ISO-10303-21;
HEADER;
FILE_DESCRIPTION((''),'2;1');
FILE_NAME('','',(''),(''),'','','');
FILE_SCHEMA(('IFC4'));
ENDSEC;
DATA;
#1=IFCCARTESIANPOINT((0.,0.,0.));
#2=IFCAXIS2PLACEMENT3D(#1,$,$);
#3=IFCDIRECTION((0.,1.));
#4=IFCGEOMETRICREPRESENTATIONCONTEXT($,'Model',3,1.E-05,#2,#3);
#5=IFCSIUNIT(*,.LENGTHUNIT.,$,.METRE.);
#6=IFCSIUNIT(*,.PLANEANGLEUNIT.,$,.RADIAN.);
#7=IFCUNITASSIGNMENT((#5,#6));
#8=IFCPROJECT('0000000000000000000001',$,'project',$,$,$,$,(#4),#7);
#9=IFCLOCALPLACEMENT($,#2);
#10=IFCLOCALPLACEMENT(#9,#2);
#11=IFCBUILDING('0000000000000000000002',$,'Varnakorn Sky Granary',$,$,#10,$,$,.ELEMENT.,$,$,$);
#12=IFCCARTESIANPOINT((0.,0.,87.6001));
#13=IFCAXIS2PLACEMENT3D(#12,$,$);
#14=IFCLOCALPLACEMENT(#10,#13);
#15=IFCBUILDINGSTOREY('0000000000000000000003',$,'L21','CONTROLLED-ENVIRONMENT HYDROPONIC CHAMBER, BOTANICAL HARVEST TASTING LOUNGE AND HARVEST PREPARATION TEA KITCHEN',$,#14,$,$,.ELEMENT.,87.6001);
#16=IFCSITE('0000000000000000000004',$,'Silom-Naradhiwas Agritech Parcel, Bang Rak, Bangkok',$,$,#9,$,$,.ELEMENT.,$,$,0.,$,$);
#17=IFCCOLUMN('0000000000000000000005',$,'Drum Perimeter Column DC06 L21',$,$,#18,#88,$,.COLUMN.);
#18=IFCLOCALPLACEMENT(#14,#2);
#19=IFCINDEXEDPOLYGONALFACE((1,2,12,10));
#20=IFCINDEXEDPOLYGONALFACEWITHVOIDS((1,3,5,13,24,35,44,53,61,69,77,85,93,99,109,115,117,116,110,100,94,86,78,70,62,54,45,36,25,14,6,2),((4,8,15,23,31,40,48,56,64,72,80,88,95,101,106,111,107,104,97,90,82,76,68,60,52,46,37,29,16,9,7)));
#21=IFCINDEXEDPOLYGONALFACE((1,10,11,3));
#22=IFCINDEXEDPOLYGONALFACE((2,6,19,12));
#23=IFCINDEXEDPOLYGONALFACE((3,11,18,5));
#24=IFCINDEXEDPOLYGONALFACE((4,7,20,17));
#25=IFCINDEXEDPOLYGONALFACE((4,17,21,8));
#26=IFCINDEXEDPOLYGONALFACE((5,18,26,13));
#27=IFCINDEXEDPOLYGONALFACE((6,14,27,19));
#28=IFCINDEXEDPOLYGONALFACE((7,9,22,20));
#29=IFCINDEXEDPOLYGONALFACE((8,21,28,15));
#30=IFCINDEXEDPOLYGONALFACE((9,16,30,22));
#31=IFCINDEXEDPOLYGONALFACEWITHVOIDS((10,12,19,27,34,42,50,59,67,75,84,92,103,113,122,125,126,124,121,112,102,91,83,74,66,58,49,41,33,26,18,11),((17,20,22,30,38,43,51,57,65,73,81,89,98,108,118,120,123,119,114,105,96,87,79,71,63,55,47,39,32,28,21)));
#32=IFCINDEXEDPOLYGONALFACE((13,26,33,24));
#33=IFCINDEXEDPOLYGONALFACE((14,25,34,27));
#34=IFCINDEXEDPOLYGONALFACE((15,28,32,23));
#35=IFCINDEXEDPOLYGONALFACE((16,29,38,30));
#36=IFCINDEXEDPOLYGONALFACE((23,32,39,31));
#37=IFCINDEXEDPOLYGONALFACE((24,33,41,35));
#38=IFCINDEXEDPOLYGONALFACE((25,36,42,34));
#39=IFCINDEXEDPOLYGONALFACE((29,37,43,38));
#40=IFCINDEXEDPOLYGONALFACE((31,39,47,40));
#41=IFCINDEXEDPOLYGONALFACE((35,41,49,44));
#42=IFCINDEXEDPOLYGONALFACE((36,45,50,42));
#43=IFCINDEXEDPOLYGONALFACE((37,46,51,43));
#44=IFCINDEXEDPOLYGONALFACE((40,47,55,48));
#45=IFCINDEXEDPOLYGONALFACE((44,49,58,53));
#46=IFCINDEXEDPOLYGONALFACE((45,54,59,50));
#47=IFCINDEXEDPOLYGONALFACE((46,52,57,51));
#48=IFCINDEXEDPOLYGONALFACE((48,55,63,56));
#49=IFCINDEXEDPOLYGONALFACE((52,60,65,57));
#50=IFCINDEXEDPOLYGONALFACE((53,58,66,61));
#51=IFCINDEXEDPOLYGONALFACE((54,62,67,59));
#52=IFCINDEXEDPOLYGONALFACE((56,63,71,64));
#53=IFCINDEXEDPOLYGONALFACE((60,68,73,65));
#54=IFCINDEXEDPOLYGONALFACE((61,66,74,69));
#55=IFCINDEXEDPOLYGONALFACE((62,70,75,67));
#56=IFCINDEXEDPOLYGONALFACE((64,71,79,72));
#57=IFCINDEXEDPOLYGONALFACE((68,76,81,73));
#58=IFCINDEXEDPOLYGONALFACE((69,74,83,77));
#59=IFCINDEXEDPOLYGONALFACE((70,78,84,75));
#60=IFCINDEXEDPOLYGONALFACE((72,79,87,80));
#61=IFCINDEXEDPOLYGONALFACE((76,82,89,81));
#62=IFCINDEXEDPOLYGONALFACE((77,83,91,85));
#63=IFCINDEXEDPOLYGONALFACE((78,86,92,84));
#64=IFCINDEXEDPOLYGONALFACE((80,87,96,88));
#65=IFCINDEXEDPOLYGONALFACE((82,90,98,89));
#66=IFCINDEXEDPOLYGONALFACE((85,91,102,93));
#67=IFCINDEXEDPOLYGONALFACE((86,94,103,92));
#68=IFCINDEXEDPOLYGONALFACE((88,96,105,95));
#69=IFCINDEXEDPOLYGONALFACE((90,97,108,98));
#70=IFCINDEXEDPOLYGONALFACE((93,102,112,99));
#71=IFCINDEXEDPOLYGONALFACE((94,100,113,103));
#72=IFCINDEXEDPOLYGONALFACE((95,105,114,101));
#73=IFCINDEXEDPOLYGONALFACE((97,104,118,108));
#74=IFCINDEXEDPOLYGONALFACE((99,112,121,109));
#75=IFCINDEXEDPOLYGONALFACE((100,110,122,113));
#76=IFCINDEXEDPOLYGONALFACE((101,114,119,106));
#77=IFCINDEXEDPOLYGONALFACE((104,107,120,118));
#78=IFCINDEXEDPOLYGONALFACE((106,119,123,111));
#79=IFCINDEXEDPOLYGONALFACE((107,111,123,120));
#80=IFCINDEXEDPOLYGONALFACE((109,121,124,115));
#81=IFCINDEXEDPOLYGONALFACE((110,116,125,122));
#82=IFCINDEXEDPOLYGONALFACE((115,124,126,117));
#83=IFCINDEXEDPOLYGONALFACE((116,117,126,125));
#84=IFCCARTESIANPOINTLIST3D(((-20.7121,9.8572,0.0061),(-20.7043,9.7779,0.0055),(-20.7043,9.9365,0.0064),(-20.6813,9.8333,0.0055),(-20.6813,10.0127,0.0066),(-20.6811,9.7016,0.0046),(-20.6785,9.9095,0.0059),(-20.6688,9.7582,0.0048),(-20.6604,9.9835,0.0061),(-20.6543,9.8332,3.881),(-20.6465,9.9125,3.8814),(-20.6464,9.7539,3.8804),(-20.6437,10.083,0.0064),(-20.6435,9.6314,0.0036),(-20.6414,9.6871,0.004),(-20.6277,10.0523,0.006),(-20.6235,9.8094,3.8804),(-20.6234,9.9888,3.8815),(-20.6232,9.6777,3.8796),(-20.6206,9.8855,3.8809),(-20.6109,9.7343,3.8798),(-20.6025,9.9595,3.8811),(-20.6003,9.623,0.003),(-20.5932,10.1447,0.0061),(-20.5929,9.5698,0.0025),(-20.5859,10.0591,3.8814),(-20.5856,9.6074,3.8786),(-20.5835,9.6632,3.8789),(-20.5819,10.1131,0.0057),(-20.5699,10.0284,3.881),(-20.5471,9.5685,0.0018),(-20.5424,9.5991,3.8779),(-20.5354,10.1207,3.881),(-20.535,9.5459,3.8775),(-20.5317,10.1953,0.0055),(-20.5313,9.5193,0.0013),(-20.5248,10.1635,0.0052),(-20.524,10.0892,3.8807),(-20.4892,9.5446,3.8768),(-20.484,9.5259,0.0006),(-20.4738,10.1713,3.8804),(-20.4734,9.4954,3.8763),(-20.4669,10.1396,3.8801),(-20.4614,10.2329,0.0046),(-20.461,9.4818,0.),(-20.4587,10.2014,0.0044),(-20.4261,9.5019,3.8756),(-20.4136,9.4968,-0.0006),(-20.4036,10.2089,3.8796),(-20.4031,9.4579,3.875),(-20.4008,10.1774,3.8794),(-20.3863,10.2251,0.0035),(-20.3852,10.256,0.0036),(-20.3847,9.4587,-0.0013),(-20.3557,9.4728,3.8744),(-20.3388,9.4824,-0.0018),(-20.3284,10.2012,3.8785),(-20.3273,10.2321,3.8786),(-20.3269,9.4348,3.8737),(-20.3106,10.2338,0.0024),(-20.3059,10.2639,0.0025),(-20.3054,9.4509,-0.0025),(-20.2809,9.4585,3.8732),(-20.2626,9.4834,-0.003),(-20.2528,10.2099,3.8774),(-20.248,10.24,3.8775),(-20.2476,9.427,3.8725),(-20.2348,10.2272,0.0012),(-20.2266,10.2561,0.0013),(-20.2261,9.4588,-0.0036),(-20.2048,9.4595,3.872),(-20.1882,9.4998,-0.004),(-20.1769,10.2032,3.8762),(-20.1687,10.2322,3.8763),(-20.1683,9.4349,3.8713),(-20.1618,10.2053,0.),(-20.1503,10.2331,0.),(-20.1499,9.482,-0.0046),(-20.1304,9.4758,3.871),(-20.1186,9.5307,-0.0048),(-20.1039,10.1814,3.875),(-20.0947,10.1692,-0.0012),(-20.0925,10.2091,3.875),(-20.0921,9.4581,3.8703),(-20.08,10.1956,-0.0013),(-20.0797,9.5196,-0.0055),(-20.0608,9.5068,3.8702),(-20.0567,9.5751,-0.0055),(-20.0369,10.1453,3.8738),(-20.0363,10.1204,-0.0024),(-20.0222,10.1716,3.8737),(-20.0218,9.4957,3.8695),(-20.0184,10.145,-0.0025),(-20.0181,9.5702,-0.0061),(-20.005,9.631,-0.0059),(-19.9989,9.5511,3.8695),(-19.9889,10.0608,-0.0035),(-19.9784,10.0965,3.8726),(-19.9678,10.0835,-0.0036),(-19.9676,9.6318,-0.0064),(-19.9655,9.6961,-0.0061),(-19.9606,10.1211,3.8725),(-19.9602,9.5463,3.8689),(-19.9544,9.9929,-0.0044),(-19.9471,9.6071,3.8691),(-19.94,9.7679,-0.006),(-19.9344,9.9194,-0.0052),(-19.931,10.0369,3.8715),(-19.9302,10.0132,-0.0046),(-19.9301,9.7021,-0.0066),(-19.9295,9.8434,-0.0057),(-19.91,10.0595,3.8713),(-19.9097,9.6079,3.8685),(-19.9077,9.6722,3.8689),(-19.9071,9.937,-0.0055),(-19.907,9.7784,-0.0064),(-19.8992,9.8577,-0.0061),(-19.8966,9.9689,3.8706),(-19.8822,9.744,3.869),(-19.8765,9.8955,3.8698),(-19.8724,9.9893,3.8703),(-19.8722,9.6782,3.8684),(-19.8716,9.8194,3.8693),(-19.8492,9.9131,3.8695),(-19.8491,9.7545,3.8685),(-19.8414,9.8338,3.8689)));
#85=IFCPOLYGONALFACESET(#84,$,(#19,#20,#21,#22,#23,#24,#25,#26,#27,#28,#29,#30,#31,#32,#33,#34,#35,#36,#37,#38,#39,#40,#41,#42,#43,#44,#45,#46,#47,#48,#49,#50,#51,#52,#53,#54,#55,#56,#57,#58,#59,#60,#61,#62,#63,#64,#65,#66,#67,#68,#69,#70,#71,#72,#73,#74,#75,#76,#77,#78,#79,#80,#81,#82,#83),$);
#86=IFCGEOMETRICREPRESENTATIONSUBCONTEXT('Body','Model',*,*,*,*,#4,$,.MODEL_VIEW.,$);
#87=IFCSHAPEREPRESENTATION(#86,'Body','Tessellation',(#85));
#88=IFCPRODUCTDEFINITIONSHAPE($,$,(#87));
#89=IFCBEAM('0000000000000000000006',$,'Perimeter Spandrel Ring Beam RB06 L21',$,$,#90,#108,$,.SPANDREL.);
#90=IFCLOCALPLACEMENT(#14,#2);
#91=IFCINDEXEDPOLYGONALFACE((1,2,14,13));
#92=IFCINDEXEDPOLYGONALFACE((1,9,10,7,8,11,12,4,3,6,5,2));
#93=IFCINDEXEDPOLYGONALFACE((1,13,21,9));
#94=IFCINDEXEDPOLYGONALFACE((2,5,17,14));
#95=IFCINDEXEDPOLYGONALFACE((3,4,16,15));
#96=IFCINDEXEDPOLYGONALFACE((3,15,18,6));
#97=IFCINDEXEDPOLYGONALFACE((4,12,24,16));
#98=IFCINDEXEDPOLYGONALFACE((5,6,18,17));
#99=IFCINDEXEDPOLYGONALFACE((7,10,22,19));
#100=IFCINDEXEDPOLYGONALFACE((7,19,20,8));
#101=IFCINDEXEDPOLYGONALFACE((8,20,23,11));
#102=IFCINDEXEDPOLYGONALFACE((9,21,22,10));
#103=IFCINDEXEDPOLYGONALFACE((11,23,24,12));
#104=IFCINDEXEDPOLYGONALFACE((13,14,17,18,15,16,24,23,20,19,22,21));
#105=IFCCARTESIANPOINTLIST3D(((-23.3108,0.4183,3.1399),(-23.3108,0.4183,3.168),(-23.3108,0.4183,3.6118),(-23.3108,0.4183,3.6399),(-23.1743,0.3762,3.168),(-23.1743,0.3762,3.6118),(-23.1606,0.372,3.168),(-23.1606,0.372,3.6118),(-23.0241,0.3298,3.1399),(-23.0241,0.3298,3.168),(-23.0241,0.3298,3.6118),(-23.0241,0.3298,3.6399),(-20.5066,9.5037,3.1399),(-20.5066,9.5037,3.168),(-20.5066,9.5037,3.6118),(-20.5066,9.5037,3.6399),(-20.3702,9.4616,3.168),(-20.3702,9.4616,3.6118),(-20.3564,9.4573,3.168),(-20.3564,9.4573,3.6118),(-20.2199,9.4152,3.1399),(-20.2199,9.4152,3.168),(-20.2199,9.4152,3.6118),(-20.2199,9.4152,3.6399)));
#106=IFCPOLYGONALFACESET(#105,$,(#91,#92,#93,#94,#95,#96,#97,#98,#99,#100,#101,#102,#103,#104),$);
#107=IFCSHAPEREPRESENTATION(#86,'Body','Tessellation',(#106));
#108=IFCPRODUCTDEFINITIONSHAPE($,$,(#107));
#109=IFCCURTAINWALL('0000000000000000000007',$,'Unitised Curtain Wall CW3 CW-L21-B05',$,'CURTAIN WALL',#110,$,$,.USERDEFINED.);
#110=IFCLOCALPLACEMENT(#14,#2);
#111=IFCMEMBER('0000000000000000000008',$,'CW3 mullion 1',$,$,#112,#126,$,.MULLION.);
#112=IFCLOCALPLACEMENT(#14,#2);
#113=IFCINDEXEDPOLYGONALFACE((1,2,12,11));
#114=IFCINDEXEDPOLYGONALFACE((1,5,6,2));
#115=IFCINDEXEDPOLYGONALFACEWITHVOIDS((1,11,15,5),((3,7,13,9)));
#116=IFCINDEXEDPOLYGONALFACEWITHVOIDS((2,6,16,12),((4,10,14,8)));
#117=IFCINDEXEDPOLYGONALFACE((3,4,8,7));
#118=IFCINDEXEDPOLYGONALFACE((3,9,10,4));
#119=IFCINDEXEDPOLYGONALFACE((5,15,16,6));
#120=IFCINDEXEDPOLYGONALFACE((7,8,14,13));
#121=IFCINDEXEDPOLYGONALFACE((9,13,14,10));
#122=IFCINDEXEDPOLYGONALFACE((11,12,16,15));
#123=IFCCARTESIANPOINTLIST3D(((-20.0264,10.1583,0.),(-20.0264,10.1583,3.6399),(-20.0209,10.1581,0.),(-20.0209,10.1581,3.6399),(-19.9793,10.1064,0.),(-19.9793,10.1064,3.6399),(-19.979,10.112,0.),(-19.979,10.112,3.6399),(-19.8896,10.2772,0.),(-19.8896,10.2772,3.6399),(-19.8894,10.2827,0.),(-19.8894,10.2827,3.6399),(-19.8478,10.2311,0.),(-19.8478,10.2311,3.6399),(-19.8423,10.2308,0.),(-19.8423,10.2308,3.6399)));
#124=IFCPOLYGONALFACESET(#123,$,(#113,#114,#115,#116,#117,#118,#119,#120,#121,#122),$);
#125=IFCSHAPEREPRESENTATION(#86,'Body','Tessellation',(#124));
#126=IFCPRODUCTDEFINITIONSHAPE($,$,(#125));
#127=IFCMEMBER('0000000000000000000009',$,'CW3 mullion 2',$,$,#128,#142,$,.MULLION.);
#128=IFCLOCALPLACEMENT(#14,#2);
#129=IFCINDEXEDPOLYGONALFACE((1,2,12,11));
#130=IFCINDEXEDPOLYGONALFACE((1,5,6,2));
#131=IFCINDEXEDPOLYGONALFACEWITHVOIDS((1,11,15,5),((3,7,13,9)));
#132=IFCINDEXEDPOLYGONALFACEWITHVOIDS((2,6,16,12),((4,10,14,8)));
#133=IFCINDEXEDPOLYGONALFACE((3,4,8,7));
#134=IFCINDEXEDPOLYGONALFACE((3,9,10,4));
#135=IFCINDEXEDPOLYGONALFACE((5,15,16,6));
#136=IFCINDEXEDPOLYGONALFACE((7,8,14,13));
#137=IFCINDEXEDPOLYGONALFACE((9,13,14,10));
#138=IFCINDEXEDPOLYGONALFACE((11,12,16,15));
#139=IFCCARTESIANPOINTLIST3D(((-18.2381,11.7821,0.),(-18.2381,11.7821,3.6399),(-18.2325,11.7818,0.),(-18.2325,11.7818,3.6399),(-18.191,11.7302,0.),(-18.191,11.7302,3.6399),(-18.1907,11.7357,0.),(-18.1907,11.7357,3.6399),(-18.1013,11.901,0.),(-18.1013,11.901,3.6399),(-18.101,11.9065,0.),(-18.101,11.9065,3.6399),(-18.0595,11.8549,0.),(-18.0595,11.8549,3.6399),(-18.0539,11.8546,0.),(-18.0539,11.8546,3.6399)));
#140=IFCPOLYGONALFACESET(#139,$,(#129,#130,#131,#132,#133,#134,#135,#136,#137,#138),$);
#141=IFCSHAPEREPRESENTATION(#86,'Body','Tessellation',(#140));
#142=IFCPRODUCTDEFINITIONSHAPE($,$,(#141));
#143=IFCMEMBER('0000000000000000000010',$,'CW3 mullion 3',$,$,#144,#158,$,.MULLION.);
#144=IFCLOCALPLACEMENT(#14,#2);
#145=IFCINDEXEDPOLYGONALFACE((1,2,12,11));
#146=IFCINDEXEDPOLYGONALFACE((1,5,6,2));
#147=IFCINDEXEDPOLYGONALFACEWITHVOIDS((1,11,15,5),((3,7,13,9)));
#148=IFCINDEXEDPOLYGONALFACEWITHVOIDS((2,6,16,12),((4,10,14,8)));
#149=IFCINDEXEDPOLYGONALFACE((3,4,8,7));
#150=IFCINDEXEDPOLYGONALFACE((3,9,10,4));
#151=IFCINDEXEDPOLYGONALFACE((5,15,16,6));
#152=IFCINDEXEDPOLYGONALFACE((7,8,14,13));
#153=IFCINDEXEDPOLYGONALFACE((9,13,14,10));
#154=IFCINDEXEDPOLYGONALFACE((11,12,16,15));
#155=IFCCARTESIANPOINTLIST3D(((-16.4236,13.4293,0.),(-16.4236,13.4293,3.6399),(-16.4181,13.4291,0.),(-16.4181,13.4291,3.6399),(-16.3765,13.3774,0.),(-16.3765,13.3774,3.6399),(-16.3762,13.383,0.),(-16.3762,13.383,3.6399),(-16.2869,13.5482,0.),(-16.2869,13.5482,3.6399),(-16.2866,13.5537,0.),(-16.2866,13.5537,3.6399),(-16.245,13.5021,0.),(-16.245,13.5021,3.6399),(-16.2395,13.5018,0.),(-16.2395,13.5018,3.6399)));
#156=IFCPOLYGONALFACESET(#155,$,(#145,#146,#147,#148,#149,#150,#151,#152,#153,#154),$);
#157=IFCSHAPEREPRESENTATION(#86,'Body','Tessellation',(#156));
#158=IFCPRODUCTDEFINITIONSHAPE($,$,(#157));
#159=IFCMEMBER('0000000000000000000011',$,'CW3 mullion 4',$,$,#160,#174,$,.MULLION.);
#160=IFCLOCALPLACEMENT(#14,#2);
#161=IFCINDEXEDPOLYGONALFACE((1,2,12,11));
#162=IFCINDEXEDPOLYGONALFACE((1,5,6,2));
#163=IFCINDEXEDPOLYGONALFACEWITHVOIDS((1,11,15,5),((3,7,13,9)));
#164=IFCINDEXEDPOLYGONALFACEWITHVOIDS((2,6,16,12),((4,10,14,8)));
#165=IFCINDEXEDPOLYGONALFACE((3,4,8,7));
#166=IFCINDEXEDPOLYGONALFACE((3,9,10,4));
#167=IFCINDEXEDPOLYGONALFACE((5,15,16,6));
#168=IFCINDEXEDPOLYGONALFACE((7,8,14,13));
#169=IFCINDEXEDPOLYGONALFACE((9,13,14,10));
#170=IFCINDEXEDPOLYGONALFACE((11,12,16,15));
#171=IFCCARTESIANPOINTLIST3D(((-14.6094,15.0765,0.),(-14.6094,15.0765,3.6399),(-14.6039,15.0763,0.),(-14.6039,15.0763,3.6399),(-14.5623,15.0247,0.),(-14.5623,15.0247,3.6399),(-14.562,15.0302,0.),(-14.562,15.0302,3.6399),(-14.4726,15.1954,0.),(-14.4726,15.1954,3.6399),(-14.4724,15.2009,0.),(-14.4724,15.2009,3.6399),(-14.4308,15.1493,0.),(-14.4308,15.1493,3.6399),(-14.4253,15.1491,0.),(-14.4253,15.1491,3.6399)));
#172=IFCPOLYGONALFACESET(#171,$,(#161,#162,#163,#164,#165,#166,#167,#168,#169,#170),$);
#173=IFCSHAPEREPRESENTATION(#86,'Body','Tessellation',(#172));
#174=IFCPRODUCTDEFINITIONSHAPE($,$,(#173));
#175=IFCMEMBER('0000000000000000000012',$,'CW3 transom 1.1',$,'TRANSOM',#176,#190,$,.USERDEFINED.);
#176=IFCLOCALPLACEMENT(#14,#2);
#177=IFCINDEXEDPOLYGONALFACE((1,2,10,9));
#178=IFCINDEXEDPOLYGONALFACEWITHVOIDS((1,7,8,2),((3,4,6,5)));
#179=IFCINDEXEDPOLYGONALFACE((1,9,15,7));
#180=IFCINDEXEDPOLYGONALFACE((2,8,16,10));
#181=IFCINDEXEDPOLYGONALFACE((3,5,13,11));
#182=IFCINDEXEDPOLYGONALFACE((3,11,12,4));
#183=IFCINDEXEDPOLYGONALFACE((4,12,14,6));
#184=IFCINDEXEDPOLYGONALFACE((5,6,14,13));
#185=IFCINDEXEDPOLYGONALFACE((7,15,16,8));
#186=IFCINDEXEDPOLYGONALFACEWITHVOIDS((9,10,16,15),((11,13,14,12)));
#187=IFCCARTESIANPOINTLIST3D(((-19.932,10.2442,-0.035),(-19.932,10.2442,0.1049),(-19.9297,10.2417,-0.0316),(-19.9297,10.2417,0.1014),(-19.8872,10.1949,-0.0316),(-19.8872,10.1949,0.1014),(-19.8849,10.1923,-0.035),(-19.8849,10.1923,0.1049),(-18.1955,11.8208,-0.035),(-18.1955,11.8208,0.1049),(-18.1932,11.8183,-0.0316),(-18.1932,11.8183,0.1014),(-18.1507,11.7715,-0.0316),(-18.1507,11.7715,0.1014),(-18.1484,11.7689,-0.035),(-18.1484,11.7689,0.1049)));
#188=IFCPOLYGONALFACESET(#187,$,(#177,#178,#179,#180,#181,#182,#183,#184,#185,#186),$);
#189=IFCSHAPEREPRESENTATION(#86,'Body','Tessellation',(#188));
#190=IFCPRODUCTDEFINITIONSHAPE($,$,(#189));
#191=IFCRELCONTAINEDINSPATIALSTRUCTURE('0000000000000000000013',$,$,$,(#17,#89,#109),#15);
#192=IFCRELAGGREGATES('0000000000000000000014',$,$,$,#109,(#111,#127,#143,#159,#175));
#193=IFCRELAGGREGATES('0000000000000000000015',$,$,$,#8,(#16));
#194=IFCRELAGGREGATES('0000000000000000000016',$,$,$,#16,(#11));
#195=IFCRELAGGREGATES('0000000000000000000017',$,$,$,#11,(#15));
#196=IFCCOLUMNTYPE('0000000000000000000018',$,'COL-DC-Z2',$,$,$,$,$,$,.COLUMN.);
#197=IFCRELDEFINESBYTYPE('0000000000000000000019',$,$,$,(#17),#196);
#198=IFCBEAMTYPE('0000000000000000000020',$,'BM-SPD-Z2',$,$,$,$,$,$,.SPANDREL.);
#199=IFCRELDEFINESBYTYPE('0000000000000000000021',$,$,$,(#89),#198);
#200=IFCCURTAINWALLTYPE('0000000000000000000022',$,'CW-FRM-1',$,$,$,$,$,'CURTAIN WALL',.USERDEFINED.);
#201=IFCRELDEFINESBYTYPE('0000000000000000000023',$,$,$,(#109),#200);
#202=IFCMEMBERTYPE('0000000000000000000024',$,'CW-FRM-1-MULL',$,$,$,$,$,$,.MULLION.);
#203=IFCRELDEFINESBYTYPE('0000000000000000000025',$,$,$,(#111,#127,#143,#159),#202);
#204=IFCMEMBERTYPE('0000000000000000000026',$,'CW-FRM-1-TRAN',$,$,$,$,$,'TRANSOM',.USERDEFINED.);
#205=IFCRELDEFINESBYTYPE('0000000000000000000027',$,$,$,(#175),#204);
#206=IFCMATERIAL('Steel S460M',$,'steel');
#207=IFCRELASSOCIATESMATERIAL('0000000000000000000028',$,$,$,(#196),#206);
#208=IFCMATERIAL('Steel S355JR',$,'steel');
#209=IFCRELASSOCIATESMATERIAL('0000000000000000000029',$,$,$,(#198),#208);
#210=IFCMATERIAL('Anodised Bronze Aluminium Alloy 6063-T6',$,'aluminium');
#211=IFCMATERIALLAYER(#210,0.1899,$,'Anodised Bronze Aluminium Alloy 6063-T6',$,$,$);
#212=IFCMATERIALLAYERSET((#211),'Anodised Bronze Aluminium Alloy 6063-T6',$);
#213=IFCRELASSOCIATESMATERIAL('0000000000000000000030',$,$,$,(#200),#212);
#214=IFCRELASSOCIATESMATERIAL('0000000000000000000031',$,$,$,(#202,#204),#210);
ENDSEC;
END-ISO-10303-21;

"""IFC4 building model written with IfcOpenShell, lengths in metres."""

from ifc_helpers import new_model, si_unit, direction, frame, origin, origin_2d, place, context, subcontext, project, spatial, hollow_rectangle, hollow_circle, i_section, extrude, material, layer, layer_set, material_profile, profile_set, type_object, element, aggregate, save


model = new_model("IFC4")

# Units and contexts
model_context = context("Model", 3, precision=1e-05, world=origin(), true_north=direction((0.0, 1.0)))
body_context = subcontext(model_context, "Body", "Model", "MODEL_VIEW")
ifc_project = project(units=[si_unit("LENGTHUNIT", "METRE"), si_unit("PLANEANGLEUNIT", "RADIAN")], contexts=[model_context])

# Site, building, storey
site_placement = place(None, origin())
site = spatial("IfcSite", under=ifc_project, at=site_placement, Name="Silom-Naradhiwas Agritech Parcel, Bang Rak, Bangkok", CompositionType="ELEMENT", RefElevation=0.0)
building_placement = place(site_placement, origin())
building = spatial("IfcBuilding", under=site, at=building_placement, Name="Varnakorn Sky Granary", CompositionType="ELEMENT")
storey_placement = place(building_placement, frame((0.0, 0.0, 87.6001)))
storey = spatial("IfcBuildingStorey", under=building, at=storey_placement, Name="L21", Description="CONTROLLED-ENVIRONMENT HYDROPONIC CHAMBER, BOTANICAL HARVEST TASTING LOUNGE AND HARVEST PREPARATION TEA KITCHEN", CompositionType="ELEMENT", Elevation=87.6001)

# Column
ifc_material_1 = material(Name="Steel S460M", Category="steel")
ifc_material_profile_1 = material_profile(ifc_material_1, hollow_circle(Radius=0.4065, WallThickness=0.03, at=origin_2d()), Name="CHS 813x30")
ifc_profile_set_1 = profile_set([ifc_material_profile_1], Name="Steel S460M")
column_type = type_object("IfcColumnType", Name="COL-DC-Z2", PredefinedType="COLUMN", material=ifc_profile_set_1)
column_placement = place(storey_placement, frame((-20.3057, 9.8574, 0.0), z_axis=(0.01493, -0.006174, 0.999869), x_axis=(0.382122, 0.924112, 0.0)))
element("IfcColumn", 1, at=column_placement, inside=storey, type_object=column_type, Name="Drum Perimeter Column DC06 L21", PredefinedType="COLUMN", context=body_context, shape_type="SweptSolid", body=[
    extrude(hollow_circle(Radius=0.4065, WallThickness=0.03, at=origin_2d()), origin(), (0.0, 0.0, 1.0), 3.8755),
])

# Beam
ifc_material_2 = material(Name="Steel S355JR", Category="steel")
ifc_material_profile_2 = material_profile(ifc_material_2, i_section(OverallWidth=0.3, OverallDepth=0.5, WebThickness=0.0144, FlangeThickness=0.0281, at=origin_2d()), Name="HE 500 B")
ifc_profile_set_2 = profile_set([ifc_material_profile_2], Name="Steel S355JR")
beam_type = type_object("IfcBeamType", Name="BM-SPD-Z2", PredefinedType="SPANDREL", material=ifc_profile_set_2)
beam_placement = place(storey_placement, frame((-20.3633, 9.4595, 3.3899), z_axis=(-0.294919, -0.955522, 0.0), x_axis=(0.955522, -0.294919, 0.0)))
element("IfcBeam", 2, at=beam_placement, inside=storey, type_object=beam_type, Name="Perimeter Spandrel Ring Beam RB06 L21", PredefinedType="SPANDREL", context=body_context, shape_type="SweptSolid", body=[
    extrude(i_section(OverallWidth=0.3, OverallDepth=0.5, WebThickness=0.0144, FlangeThickness=0.0281, at=origin_2d()), origin(), (0.0, 0.0, 1.0), 9.5083),
])

# Curtain wall, members
ifc_material_3 = material(Name="Anodised Bronze Aluminium Alloy 6063-T6", Category="aluminium")
ifc_layer_1 = layer(ifc_material_3, 0.1899, Name="Anodised Bronze Aluminium Alloy 6063-T6")
ifc_layer_set_1 = layer_set([ifc_layer_1], Name="Anodised Bronze Aluminium Alloy 6063-T6")
curtain_wall_type = type_object("IfcCurtainWallType", Name="CW-FRM-1", ElementType="CURTAIN WALL", PredefinedType="USERDEFINED", material=ifc_layer_set_1)
curtain_wall_placement = place(storey_placement, origin())
curtain_wall = element("IfcCurtainWall", 3, at=curtain_wall_placement, inside=storey, type_object=curtain_wall_type, Name="Unitised Curtain Wall CW3 CW-L21-B05", ObjectType="CURTAIN WALL", PredefinedType="USERDEFINED")
ifc_material_profile_3 = material_profile(ifc_material_3, hollow_rectangle(XDim=0.0701, YDim=0.1851, WallThickness=0.0039, at=origin_2d()), Name="ALU MULL 70x185")
ifc_profile_set_3 = profile_set([ifc_material_profile_3], Name="Anodised Bronze Aluminium Alloy 6063-T6")
member_type_1 = type_object("IfcMemberType", Name="CW-FRM-1-MULL", PredefinedType="MULLION", material=ifc_profile_set_3)
member_1_placement = place(storey_placement, frame((-19.9343, 10.1946, 0.0), z_axis=(0.0, 0.0, 1.0), x_axis=(-0.67219, 0.740378, 0.0)))
member_1 = element("IfcMember", 4, at=member_1_placement, type_object=member_type_1, Name="CW3 mullion 1", PredefinedType="MULLION", context=body_context, shape_type="SweptSolid", body=[
    extrude(hollow_rectangle(XDim=0.0701, YDim=0.1851, WallThickness=0.0039, at=origin_2d()), origin(), (0.0, 0.0, 1.0), 3.6399),
])
member_2_placement = place(storey_placement, frame((-18.146, 11.8184, 0.0), z_axis=(0.0, 0.0, 1.0), x_axis=(-0.67219, 0.740378, 0.0)))
member_2 = element("IfcMember", 5, at=member_2_placement, type_object=member_type_1, Name="CW3 mullion 2", PredefinedType="MULLION", context=body_context, shape_type="SweptSolid", body=[
    extrude(hollow_rectangle(XDim=0.0701, YDim=0.1851, WallThickness=0.0039, at=origin_2d()), origin(), (0.0, 0.0, 1.0), 3.6399),
])
member_3_placement = place(storey_placement, frame((-16.3315, 13.4656, 0.0), z_axis=(0.0, 0.0, 1.0), x_axis=(-0.67219, 0.740378, 0.0)))
member_3 = element("IfcMember", 6, at=member_3_placement, type_object=member_type_1, Name="CW3 mullion 3", PredefinedType="MULLION", context=body_context, shape_type="SweptSolid", body=[
    extrude(hollow_rectangle(XDim=0.0701, YDim=0.1851, WallThickness=0.0039, at=origin_2d()), origin(), (0.0, 0.0, 1.0), 3.6399),
])
member_4_placement = place(storey_placement, frame((-14.5173, 15.1128, 0.0), z_axis=(0.0, 0.0, 1.0), x_axis=(-0.67219, 0.740378, 0.0)))
member_4 = element("IfcMember", 7, at=member_4_placement, type_object=member_type_1, Name="CW3 mullion 4", PredefinedType="MULLION", context=body_context, shape_type="SweptSolid", body=[
    extrude(hollow_rectangle(XDim=0.0701, YDim=0.1851, WallThickness=0.0039, at=origin_2d()), origin(), (0.0, 0.0, 1.0), 3.6399),
])
ifc_material_profile_4 = material_profile(ifc_material_3, hollow_rectangle(XDim=0.0701, YDim=0.1399, WallThickness=0.0034, at=origin_2d()), Name="ALU TRAN 70x140")
ifc_profile_set_4 = profile_set([ifc_material_profile_4], Name="Anodised Bronze Aluminium Alloy 6063-T6")
member_type_2 = type_object("IfcMemberType", Name="CW-FRM-1-TRAN", ElementType="TRANSOM", PredefinedType="USERDEFINED", material=ifc_profile_set_4)
member_5_placement = place(storey_placement, frame((-19.9084, 10.2183, 0.0349), z_axis=(0.740373, 0.672196, 0.0), x_axis=(-0.672196, 0.740373, 0.0)))
member_5 = element("IfcMember", 8, at=member_5_placement, type_object=member_type_2, Name="CW3 transom 1.1", ObjectType="TRANSOM", PredefinedType="USERDEFINED", context=body_context, shape_type="SweptSolid", body=[
    extrude(hollow_rectangle(XDim=0.0701, YDim=0.1399, WallThickness=0.0034, at=origin_2d()), origin(), (0.0, 0.0, 1.0), 2.3455),
])
aggregate(curtain_wall, [member_1, member_2, member_3, member_4, member_5])

save(model, "model.ifc")
